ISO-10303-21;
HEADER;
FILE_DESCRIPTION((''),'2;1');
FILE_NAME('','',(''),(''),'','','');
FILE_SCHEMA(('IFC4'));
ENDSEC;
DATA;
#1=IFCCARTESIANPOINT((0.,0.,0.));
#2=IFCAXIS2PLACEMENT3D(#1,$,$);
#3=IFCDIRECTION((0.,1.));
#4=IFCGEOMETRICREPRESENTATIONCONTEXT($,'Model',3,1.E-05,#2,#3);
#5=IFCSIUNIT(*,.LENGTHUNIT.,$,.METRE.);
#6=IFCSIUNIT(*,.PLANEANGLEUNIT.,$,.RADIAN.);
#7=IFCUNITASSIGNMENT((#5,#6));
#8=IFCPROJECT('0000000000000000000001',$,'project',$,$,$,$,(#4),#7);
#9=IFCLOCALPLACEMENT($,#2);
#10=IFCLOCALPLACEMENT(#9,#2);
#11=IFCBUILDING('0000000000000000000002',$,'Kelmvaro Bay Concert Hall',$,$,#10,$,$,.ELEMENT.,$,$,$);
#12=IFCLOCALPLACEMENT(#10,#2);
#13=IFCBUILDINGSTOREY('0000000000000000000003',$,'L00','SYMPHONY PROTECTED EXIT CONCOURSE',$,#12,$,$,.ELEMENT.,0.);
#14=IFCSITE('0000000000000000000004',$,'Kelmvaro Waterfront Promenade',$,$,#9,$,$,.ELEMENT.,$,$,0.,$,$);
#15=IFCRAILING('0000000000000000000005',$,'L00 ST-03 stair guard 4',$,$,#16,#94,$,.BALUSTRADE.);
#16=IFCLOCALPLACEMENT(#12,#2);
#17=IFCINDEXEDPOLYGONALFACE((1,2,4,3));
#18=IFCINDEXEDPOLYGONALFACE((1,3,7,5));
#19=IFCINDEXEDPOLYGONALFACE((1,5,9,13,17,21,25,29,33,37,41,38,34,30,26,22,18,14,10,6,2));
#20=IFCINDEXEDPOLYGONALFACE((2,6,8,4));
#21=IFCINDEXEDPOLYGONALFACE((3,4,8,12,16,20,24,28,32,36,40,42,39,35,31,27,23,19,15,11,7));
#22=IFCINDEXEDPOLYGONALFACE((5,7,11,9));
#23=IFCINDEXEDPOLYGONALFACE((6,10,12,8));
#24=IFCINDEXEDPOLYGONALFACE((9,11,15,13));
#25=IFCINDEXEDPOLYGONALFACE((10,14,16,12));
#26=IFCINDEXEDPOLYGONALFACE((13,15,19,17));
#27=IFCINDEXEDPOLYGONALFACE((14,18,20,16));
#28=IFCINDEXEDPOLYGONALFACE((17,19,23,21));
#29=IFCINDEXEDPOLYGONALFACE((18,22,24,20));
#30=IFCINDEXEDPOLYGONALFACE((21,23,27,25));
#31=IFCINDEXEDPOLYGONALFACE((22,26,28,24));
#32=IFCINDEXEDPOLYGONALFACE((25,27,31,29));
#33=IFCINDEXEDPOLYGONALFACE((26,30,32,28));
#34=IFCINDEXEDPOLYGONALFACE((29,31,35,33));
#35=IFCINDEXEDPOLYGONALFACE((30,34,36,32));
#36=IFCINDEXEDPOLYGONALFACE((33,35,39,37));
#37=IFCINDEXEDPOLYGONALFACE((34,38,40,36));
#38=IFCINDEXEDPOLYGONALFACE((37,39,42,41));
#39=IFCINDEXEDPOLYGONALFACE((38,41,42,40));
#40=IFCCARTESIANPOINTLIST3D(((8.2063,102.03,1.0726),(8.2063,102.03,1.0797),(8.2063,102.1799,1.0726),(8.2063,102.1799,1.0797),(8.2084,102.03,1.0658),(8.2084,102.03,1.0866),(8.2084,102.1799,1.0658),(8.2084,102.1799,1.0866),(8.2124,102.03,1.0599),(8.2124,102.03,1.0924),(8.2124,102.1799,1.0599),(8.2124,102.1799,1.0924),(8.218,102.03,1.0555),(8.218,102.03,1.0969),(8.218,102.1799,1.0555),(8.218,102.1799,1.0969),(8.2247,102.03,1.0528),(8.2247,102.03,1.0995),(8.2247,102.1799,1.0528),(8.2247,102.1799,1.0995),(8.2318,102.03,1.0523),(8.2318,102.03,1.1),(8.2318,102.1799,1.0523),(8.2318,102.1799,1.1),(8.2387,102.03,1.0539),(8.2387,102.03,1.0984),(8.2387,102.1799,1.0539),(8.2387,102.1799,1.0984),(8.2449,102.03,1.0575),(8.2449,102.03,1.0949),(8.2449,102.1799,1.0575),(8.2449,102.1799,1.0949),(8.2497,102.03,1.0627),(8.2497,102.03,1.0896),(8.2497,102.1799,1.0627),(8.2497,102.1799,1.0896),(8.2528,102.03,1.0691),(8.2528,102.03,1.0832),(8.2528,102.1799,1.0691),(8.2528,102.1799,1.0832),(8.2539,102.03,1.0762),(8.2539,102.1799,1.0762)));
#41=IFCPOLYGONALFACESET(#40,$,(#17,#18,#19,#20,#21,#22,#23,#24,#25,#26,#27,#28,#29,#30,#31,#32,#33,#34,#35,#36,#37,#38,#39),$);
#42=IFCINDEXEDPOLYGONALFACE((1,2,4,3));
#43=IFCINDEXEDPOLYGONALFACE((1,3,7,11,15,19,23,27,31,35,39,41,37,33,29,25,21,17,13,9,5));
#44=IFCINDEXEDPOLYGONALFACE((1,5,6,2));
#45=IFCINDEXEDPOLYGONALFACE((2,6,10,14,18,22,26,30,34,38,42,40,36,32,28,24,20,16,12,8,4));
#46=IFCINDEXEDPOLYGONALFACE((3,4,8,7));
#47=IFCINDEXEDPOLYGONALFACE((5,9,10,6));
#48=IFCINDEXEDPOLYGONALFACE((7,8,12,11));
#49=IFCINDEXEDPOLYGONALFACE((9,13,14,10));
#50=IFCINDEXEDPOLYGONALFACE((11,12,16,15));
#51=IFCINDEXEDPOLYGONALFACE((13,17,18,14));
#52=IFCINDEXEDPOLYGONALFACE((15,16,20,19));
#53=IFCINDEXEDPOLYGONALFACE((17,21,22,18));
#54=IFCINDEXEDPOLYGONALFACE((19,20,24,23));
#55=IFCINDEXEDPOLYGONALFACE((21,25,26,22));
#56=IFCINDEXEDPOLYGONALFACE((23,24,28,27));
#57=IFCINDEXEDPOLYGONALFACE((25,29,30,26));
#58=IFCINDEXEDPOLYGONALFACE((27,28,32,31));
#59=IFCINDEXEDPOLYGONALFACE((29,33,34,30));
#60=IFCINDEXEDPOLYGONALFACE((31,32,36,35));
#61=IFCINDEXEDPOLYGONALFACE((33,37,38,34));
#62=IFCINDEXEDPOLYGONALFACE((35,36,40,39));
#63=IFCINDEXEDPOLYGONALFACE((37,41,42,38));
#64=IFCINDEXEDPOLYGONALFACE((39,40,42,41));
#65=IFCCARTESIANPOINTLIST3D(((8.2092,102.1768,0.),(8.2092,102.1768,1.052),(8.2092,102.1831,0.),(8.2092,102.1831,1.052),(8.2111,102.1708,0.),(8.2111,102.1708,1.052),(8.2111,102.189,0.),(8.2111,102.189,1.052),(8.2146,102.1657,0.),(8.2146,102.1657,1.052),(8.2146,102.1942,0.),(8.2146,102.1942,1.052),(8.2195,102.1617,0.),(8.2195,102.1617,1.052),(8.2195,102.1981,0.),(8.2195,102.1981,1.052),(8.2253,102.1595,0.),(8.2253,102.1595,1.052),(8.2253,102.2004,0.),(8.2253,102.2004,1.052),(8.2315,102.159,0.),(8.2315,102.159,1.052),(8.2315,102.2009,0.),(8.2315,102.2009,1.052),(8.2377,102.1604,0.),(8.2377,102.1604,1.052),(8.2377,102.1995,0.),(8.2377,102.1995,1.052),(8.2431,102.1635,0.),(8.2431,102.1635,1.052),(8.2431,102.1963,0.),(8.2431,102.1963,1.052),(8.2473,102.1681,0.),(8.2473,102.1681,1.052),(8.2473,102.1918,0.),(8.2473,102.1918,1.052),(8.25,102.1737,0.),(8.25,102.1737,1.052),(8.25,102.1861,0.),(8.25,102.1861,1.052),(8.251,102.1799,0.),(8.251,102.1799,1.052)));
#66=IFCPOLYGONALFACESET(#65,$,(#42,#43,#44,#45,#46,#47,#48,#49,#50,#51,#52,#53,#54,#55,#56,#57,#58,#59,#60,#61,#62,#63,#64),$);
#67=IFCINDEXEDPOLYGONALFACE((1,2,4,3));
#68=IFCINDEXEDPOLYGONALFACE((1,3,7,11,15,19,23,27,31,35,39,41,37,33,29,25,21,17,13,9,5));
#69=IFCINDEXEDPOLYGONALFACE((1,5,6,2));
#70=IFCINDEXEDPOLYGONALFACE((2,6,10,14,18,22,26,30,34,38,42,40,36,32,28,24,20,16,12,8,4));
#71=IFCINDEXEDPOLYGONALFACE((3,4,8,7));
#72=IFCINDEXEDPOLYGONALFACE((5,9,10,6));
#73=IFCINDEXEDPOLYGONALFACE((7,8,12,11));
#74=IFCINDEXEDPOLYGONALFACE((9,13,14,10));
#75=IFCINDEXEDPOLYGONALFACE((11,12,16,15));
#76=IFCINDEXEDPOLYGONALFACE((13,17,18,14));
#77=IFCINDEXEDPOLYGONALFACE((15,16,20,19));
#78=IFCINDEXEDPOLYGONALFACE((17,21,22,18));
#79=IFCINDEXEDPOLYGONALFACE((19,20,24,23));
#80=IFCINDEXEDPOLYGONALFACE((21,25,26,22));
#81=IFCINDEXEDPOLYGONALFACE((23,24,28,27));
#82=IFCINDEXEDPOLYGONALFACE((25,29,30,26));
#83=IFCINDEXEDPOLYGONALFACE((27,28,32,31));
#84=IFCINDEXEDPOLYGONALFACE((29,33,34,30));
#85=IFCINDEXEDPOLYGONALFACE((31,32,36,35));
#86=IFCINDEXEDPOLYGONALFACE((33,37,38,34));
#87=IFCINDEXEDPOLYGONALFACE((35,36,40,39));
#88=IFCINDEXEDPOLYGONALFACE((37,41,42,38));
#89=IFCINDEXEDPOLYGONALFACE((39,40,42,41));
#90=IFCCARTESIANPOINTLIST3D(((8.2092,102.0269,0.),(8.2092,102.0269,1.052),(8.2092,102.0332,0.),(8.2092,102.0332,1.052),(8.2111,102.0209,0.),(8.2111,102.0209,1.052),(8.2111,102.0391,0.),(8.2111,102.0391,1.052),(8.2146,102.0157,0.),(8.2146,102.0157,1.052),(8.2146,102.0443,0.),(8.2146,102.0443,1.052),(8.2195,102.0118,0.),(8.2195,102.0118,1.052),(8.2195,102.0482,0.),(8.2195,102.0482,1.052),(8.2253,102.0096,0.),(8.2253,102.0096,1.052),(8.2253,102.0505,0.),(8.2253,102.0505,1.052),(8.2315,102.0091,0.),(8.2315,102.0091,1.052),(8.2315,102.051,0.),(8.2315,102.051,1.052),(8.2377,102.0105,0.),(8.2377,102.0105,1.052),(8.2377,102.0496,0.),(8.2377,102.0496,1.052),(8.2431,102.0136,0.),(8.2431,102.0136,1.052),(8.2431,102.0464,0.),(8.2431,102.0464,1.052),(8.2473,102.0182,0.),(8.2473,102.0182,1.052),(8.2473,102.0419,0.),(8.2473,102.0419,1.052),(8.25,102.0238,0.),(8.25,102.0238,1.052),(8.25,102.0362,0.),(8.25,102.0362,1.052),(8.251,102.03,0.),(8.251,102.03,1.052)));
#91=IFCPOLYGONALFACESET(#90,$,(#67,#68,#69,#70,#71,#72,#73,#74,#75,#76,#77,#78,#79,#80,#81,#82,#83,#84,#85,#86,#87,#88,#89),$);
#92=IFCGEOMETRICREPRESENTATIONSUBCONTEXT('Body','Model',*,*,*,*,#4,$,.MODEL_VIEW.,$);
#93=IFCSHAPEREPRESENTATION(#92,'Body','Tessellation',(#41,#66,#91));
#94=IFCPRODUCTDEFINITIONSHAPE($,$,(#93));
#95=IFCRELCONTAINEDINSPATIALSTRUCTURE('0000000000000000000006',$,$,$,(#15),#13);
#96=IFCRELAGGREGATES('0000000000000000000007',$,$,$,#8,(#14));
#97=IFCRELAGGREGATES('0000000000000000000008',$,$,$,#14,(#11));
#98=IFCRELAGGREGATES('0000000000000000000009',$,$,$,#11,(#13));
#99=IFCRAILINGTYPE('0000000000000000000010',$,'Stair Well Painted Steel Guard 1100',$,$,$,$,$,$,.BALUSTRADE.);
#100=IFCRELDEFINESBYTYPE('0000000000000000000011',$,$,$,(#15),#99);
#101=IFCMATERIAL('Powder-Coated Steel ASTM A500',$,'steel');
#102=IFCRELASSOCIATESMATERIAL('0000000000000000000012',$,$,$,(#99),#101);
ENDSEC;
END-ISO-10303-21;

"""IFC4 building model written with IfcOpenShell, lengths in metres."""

from ifc_helpers import new_model, si_unit, direction, frame, origin, origin_2d, place, context, subcontext, project, spatial, circle, extrude, material, type_object, element, save


model = new_model("IFC4")

# Units and contexts
model_context = context("Model", 3, precision=1e-05, world=origin(), true_north=direction((0.0, 1.0)))
body_context = subcontext(model_context, "Body", "Model", "MODEL_VIEW")
ifc_project = project(units=[si_unit("LENGTHUNIT", "METRE"), si_unit("PLANEANGLEUNIT", "RADIAN")], contexts=[model_context])

# Site, building, storey
site_placement = place(None, origin())
site = spatial("IfcSite", under=ifc_project, at=site_placement, Name="Kelmvaro Waterfront Promenade", CompositionType="ELEMENT", RefElevation=0.0)
building_placement = place(site_placement, origin())
building = spatial("IfcBuilding", under=site, at=building_placement, Name="Kelmvaro Bay Concert Hall", CompositionType="ELEMENT")
storey_placement = place(building_placement, origin())
storey = spatial("IfcBuildingStorey", under=building, at=storey_placement, Name="L00", Description="SYMPHONY PROTECTED EXIT CONCOURSE", CompositionType="ELEMENT", Elevation=0.0)

# Railing
ifc_material_1 = material(Name="Powder-Coated Steel ASTM A500", Category="steel")
railing_type_1 = type_object("IfcRailingType", Name="Stair Well Painted Steel Guard 1100", PredefinedType="BALUSTRADE", material=ifc_material_1)
railing_1_placement = place(storey_placement, frame((8.23, 102.1799, 0.0)))
element("IfcRailing", 1, at=railing_1_placement, inside=storey, type_object=railing_type_1, Name="L00 ST-03 stair guard 4", PredefinedType="BALUSTRADE", context=body_context, shape_type="SweptSolid", body=[
    extrude(circle(Radius=0.0239, at=origin_2d()), frame((0.0, 0.0, 1.0762), z_axis=(0.0, -1.0, 0.0), x_axis=(1.0, 0.0, 0.0)), (0.0, 0.0, 1.0), 0.1499),
    extrude(circle(Radius=0.021, at=origin_2d()), origin(), (0.0, 0.0, 1.0), 1.052),
    extrude(circle(Radius=0.021, at=origin_2d()), frame((0.0, -0.1499, 0.0)), (0.0, 0.0, 1.0), 1.052),
])

save(model, "model.ifc")
